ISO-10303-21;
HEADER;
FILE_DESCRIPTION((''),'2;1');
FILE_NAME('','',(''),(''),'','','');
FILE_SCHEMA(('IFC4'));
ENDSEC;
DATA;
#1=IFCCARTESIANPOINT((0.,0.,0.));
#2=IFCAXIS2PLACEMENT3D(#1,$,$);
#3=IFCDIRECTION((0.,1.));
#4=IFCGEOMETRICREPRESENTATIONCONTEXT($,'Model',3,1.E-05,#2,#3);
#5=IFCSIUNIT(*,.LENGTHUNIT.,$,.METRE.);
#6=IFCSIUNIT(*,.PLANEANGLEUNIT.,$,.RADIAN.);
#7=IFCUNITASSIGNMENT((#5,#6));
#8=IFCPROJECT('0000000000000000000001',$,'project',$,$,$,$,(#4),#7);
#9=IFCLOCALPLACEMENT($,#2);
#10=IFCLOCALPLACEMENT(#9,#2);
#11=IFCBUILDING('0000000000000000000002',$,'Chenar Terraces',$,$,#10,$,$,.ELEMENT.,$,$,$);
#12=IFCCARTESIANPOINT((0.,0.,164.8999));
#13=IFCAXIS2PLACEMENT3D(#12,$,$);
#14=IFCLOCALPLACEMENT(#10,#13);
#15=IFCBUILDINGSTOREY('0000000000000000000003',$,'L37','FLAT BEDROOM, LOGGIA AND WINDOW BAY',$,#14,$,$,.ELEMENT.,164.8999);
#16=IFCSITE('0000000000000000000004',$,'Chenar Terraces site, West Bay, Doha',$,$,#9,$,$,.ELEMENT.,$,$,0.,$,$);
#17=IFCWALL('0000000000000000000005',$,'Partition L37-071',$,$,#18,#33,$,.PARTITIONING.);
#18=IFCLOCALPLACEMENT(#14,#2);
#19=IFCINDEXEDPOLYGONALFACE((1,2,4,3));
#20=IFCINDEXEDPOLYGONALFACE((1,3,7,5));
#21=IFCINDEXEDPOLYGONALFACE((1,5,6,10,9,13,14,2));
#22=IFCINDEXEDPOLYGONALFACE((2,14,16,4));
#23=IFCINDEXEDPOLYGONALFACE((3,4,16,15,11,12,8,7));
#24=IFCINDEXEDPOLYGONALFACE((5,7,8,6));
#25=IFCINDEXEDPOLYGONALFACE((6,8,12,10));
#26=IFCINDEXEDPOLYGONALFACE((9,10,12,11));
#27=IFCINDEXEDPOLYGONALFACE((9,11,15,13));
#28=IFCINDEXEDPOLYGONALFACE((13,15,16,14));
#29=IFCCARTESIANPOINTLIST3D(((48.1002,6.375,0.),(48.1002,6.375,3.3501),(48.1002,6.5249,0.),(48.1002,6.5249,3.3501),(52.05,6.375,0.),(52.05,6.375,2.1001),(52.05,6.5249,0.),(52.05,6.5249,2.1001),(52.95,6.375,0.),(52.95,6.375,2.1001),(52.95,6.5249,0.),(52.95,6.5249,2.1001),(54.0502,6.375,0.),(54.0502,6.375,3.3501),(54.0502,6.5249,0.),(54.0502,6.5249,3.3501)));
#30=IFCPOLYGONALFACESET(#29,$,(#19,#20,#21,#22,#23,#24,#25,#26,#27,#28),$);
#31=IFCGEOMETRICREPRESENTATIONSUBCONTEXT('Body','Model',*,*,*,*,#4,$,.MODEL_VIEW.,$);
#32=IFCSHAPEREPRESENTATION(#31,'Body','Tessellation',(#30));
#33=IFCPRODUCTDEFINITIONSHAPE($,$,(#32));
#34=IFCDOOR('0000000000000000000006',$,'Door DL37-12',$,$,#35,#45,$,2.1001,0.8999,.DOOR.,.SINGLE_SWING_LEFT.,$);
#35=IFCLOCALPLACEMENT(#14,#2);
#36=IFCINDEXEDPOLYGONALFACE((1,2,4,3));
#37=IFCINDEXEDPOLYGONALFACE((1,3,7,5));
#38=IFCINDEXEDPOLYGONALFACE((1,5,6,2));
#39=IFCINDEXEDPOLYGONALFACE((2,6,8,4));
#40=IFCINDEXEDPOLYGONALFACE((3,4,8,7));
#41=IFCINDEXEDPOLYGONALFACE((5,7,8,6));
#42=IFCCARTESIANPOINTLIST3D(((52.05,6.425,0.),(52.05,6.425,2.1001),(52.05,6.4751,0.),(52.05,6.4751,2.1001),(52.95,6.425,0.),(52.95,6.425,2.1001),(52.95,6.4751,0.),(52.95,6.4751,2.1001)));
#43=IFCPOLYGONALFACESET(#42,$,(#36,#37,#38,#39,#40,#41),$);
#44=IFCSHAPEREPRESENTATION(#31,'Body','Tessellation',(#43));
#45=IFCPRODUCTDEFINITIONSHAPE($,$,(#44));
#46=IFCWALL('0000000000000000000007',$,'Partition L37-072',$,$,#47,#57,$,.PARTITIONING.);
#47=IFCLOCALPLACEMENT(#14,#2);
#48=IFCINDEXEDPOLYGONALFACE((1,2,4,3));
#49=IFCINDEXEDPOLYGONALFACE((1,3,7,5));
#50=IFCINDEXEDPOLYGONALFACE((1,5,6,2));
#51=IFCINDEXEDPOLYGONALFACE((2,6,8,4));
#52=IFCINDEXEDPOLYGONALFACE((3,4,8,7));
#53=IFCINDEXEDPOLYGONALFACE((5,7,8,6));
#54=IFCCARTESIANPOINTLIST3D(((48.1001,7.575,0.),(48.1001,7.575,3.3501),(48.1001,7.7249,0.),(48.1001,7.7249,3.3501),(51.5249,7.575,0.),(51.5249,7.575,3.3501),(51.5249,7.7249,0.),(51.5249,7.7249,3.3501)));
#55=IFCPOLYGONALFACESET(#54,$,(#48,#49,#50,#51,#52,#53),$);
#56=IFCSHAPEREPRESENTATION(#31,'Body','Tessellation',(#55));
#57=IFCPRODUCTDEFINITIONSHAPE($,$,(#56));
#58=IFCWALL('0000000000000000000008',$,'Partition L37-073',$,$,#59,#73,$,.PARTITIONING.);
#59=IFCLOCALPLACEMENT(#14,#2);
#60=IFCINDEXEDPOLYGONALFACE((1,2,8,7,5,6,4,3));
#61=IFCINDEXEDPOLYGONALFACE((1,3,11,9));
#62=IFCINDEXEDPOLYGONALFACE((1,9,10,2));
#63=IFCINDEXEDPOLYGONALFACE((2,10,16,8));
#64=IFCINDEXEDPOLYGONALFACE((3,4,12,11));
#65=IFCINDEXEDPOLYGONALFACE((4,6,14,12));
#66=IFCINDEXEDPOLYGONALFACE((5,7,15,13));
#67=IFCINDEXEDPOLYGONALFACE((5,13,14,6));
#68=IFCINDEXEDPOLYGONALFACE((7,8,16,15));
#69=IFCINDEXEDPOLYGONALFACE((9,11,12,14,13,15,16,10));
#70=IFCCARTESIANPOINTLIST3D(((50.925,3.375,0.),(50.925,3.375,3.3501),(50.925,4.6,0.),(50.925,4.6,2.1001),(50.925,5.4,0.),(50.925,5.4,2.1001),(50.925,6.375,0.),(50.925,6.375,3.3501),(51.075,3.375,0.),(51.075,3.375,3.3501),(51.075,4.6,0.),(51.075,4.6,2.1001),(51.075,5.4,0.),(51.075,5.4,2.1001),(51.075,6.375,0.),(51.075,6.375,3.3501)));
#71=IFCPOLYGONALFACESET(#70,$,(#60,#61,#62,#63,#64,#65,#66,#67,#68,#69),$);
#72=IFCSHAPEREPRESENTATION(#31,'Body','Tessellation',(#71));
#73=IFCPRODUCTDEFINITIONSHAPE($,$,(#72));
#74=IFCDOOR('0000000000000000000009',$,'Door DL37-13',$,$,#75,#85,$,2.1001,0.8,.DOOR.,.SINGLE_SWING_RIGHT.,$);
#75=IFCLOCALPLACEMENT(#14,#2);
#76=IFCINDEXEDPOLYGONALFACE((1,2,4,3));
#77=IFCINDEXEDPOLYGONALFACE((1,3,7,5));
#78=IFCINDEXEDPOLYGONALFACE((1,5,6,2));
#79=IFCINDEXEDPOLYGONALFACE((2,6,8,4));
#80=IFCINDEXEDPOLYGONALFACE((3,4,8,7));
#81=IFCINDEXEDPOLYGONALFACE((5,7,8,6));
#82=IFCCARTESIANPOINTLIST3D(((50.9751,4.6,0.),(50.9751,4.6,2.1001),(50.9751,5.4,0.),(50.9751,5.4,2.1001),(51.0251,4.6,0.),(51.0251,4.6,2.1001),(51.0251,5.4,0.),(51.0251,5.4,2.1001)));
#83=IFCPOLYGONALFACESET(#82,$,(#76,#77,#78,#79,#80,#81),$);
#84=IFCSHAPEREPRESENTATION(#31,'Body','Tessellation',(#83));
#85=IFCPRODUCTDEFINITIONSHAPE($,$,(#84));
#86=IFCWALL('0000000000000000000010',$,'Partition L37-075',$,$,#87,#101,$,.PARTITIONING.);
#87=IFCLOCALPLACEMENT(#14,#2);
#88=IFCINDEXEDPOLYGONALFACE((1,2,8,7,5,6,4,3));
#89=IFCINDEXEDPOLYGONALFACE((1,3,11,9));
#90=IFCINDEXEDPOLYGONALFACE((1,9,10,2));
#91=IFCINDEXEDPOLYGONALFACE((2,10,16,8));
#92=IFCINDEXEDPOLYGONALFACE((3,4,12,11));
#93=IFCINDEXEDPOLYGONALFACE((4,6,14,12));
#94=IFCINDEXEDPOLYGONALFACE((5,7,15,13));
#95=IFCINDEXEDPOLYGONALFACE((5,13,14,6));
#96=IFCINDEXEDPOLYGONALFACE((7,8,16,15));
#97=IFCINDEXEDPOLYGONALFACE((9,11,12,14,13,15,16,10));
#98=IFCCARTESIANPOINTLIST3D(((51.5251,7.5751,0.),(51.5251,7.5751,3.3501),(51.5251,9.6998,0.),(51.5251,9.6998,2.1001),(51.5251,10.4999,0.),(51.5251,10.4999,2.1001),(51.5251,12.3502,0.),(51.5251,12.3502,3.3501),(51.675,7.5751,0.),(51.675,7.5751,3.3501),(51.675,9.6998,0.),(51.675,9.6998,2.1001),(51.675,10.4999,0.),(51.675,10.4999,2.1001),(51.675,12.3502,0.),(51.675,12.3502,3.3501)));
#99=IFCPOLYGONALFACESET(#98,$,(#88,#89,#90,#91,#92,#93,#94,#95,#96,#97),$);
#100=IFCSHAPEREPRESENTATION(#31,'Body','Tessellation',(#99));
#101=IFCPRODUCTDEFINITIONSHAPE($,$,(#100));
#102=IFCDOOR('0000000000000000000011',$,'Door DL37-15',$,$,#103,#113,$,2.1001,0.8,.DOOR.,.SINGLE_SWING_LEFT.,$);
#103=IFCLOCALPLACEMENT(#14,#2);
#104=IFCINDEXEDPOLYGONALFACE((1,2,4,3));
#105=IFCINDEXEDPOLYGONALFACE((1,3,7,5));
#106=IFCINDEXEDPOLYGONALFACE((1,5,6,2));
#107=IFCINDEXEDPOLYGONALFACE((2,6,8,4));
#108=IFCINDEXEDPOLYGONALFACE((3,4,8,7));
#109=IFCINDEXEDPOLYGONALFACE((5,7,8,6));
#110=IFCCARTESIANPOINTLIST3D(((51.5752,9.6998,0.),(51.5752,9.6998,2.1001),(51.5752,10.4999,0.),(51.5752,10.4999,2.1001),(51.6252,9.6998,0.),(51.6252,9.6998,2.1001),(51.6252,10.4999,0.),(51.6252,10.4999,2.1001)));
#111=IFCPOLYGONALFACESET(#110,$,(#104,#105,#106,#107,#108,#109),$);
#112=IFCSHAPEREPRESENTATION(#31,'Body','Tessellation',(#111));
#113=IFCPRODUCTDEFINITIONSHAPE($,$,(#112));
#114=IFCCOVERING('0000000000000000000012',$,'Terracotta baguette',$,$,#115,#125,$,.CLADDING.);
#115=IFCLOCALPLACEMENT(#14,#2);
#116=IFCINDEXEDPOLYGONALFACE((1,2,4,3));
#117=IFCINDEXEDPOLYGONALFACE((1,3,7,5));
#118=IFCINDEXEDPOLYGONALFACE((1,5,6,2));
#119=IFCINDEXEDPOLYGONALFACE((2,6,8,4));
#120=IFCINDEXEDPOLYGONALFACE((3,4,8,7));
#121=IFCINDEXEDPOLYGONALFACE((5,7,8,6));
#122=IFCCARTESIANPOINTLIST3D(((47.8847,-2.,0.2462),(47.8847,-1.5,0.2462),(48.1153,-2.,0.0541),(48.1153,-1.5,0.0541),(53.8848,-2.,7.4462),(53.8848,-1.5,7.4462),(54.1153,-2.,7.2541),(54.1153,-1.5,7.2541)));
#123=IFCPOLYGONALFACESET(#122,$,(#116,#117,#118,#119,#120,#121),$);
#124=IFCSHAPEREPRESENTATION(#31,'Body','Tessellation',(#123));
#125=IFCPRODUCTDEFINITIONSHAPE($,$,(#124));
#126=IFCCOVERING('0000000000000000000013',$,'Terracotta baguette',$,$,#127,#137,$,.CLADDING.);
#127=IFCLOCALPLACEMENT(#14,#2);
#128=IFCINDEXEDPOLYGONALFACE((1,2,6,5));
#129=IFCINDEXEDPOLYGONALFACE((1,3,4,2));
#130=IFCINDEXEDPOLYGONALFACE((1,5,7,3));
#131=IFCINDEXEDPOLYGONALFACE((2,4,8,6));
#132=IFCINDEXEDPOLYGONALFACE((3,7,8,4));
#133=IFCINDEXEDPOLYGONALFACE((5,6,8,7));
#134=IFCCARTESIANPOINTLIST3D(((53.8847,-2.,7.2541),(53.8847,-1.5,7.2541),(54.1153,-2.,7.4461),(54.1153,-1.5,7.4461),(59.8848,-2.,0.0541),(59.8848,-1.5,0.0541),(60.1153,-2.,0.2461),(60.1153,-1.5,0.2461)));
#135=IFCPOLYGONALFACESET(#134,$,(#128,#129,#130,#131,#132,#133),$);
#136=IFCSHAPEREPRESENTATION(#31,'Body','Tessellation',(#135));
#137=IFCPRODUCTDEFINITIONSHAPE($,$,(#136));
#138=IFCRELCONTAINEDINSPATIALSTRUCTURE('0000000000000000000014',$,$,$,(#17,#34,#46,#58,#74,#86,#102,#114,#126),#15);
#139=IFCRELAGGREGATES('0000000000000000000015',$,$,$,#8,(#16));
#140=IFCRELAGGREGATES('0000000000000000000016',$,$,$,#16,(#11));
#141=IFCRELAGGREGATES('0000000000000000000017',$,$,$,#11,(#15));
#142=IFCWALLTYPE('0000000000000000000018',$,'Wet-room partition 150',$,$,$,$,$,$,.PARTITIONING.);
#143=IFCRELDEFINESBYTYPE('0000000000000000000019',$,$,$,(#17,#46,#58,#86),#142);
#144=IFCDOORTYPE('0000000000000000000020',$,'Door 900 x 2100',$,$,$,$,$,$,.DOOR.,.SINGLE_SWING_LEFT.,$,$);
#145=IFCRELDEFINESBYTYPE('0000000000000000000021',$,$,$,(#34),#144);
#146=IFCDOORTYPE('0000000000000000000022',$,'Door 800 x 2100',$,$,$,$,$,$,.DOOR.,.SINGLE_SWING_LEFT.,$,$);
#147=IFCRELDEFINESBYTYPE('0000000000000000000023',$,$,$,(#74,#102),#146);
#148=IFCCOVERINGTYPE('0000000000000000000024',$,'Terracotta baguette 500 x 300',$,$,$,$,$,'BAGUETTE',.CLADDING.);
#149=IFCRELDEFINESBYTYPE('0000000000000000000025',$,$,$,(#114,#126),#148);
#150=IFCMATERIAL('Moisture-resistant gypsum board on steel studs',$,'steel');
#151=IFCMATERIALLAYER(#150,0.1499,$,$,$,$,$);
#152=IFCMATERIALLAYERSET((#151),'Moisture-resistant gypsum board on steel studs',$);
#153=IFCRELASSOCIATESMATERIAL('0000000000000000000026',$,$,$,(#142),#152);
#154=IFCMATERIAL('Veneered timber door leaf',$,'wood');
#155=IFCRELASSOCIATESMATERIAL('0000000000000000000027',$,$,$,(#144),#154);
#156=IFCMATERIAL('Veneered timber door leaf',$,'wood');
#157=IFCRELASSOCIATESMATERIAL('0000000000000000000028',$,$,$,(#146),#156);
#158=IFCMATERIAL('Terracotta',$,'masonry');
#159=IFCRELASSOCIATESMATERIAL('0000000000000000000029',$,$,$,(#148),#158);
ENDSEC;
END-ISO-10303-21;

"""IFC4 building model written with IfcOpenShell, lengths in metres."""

from ifc_helpers import new_model, si_unit, direction, frame, frame_2d, origin, origin_2d, place, context, subcontext, project, spatial, rectangle, extrude, material, layer, layer_set, material_profile, profile_set, type_object, element, fill, save


model = new_model("IFC4")

# Units and contexts
model_context = context("Model", 3, precision=1e-05, world=origin(), true_north=direction((0.0, 1.0)))
body_context = subcontext(model_context, "Body", "Model", "MODEL_VIEW")
ifc_project = project(units=[si_unit("LENGTHUNIT", "METRE"), si_unit("PLANEANGLEUNIT", "RADIAN")], contexts=[model_context])

# Site, building, storey
site_placement = place(None, origin())
site = spatial("IfcSite", under=ifc_project, at=site_placement, Name="Chenar Terraces site, West Bay, Doha", CompositionType="ELEMENT", RefElevation=0.0)
building_placement = place(site_placement, origin())
building = spatial("IfcBuilding", under=site, at=building_placement, Name="Chenar Terraces", CompositionType="ELEMENT")
storey_placement = place(building_placement, frame((0.0, 0.0, 164.8999)))
storey = spatial("IfcBuildingStorey", under=building, at=storey_placement, Name="L37", Description="FLAT BEDROOM, LOGGIA AND WINDOW BAY", CompositionType="ELEMENT", Elevation=164.8999)

# Shared definitions
ifc_material_1 = material(Name="Moisture-resistant gypsum board on steel studs", Category="steel")
ifc_layer_1 = layer(ifc_material_1, 0.1499)
ifc_layer_set_1 = layer_set([ifc_layer_1], Name="Moisture-resistant gypsum board on steel studs")
wall_type_1 = type_object("IfcWallType", Name="Wet-room partition 150", PredefinedType="PARTITIONING", material=ifc_layer_set_1)

# Wall, opening, door
wall_1_placement = place(storey_placement, frame((48.1001, 6.45, 0.0), z_axis=(0.0, 0.0, 1.0), x_axis=(1.0, 0.0, 0.0)))
wall_1 = element("IfcWall", 1, at=wall_1_placement, inside=storey, type_object=wall_type_1, Name="Partition L37-071", PredefinedType="PARTITIONING", context=body_context, shape_type="SweptSolid", body=[
    extrude(rectangle(XDim=5.95, YDim=0.1499, at=frame_2d((2.9751, 0.0))), origin(), (0.0, 0.0, 1.0), 3.3501),
])
opening_1_placement = place(wall_1_placement, frame((3.95, 0.0, 0.0)))
opening_1 = element("IfcOpeningElement", 2, at=opening_1_placement, cuts=wall_1, PredefinedType="OPENING", context=body_context, shape_type="SweptSolid", body=[
    extrude(rectangle(XDim=0.8999, YDim=2.1001, at=frame_2d((0.45, 1.05))), frame((0.0, 0.085, 0.0), z_axis=(0.0, -1.0, 0.0), x_axis=(1.0, 0.0, 0.0)), (0.0, 0.0, 1.0), 0.1699),
])
ifc_material_2 = material(Name="Veneered timber door leaf", Category="wood")
door_type_1 = type_object("IfcDoorType", Name="Door 900 x 2100", OperationType="SINGLE_SWING_LEFT", PredefinedType="DOOR", material=ifc_material_2)
door_1_placement = place(opening_1_placement, frame((0.8999, 0.0, 0.0), z_axis=(0.0, 0.0, 1.0), x_axis=(-1.0, 0.0, 0.0)))
door_1 = element("IfcDoor", 3, at=door_1_placement, inside=storey, type_object=door_type_1, Name="Door DL37-12", OperationType="SINGLE_SWING_LEFT", OverallHeight=2.1001, OverallWidth=0.8999, PredefinedType="DOOR", context=body_context, shape_type="SweptSolid", body=[
    extrude(rectangle(XDim=0.8999, YDim=2.1001, at=frame_2d((0.45, 1.05))), frame((0.0, 0.0249, 0.0), z_axis=(0.0, -1.0, 0.0), x_axis=(1.0, 0.0, 0.0)), (0.0, 0.0, 1.0), 0.05),
])
fill(opening_1, door_1)

# Wall
wall_2_placement = place(storey_placement, frame((48.1001, 7.6499, 0.0), z_axis=(0.0, 0.0, 1.0), x_axis=(1.0, 0.0, 0.0)))
element("IfcWall", 4, at=wall_2_placement, inside=storey, type_object=wall_type_1, Name="Partition L37-072", PredefinedType="PARTITIONING", context=body_context, shape_type="SweptSolid", body=[
    extrude(rectangle(XDim=3.4248, YDim=0.1499, at=frame_2d((1.7124, 0.0))), origin(), (0.0, 0.0, 1.0), 3.3501),
])

# Walls, openings, doors
wall_3_placement = place(storey_placement, frame((51.0, 3.375, 0.0), z_axis=(0.0, 0.0, 1.0), x_axis=(0.0, 1.0, 0.0)))
wall_3 = element("IfcWall", 5, at=wall_3_placement, inside=storey, type_object=wall_type_1, Name="Partition L37-073", PredefinedType="PARTITIONING", context=body_context, shape_type="SweptSolid", body=[
    extrude(rectangle(XDim=3.0, YDim=0.1499, at=frame_2d((1.5, 0.0))), origin(), (0.0, 0.0, 1.0), 3.3501),
])
opening_2_placement = place(wall_3_placement, frame((1.2251, 0.0, 0.0)))
opening_2 = element("IfcOpeningElement", 6, at=opening_2_placement, cuts=wall_3, PredefinedType="OPENING", context=body_context, shape_type="SweptSolid", body=[
    extrude(rectangle(XDim=0.8, YDim=2.1001, at=frame_2d((0.3999, 1.05))), frame((0.0, 0.085, 0.0), z_axis=(0.0, -1.0, 0.0), x_axis=(1.0, 0.0, 0.0)), (0.0, 0.0, 1.0), 0.1699),
])
ifc_material_3 = material(Name="Veneered timber door leaf", Category="wood")
door_type_2 = type_object("IfcDoorType", Name="Door 800 x 2100", OperationType="SINGLE_SWING_LEFT", PredefinedType="DOOR", material=ifc_material_3)
door_2_placement = place(opening_2_placement, origin())
door_2 = element("IfcDoor", 7, at=door_2_placement, inside=storey, type_object=door_type_2, Name="Door DL37-13", OperationType="SINGLE_SWING_RIGHT", OverallHeight=2.1001, OverallWidth=0.8, PredefinedType="DOOR", context=body_context, shape_type="SweptSolid", body=[
    extrude(rectangle(XDim=0.8, YDim=2.1001, at=frame_2d((0.3999, 1.05))), frame((0.0, 0.0249, 0.0), z_axis=(0.0, -1.0, 0.0), x_axis=(1.0, 0.0, 0.0)), (0.0, 0.0, 1.0), 0.05),
])
fill(opening_2, door_2)
wall_4_placement = place(storey_placement, frame((51.6001, 7.575, 0.0), z_axis=(0.0, 0.0, 1.0), x_axis=(0.0, 1.0, 0.0)))
wall_4 = element("IfcWall", 8, at=wall_4_placement, inside=storey, type_object=wall_type_1, Name="Partition L37-075", PredefinedType="PARTITIONING", context=body_context, shape_type="SweptSolid", body=[
    extrude(rectangle(XDim=4.7751, YDim=0.1499, at=frame_2d((2.3877, 0.0))), origin(), (0.0, 0.0, 1.0), 3.3501),
])
opening_3_placement = place(wall_4_placement, frame((2.125, 0.0, 0.0)))
opening_3 = element("IfcOpeningElement", 9, at=opening_3_placement, cuts=wall_4, PredefinedType="OPENING", context=body_context, shape_type="SweptSolid", body=[
    extrude(rectangle(XDim=0.8, YDim=2.1001, at=frame_2d((0.3999, 1.05))), frame((0.0, 0.085, 0.0), z_axis=(0.0, -1.0, 0.0), x_axis=(1.0, 0.0, 0.0)), (0.0, 0.0, 1.0), 0.1699),
])
door_3_placement = place(opening_3_placement, origin())
door_3 = element("IfcDoor", 10, at=door_3_placement, inside=storey, type_object=door_type_2, Name="Door DL37-15", OperationType="SINGLE_SWING_LEFT", OverallHeight=2.1001, OverallWidth=0.8, PredefinedType="DOOR", context=body_context, shape_type="SweptSolid", body=[
    extrude(rectangle(XDim=0.8, YDim=2.1001, at=frame_2d((0.3999, 1.05))), frame((0.0, 0.0249, 0.0), z_axis=(0.0, -1.0, 0.0), x_axis=(1.0, 0.0, 0.0)), (0.0, 0.0, 1.0), 0.05),
])
fill(opening_3, door_3)

# Coverings
ifc_material_4 = material(Name="Terracotta", Category="masonry")
ifc_material_profile_1 = material_profile(ifc_material_4, rectangle(XDim=0.5, YDim=0.3, at=origin_2d()), Name="Terracotta baguette 500 x 300")
ifc_profile_set_1 = profile_set([ifc_material_profile_1], Name="Terracotta")
covering_type = type_object("IfcCoveringType", Name="Terracotta baguette 500 x 300", ElementType="BAGUETTE", PredefinedType="CLADDING", material=ifc_profile_set_1)
for number, where, z_axis, x_axis, name in (
    (11, (48.0, -1.75, 0.1501), (0.640187, 0.0, 0.768219), (0.0, 1.0, 0.0), "Terracotta baguette"),
    (12, (54.0, -1.75, 7.3501), (0.640187, 0.0, -0.768219), (0.0, 1.0, 0.0), "Terracotta baguette"),
):
    element("IfcCovering", number, at=place(storey_placement, frame(where, z_axis=z_axis, x_axis=x_axis)), inside=storey, type_object=covering_type, Name=name, PredefinedType="CLADDING", context=body_context, shape_type="SweptSolid", body=[
        extrude(rectangle(XDim=0.5, YDim=0.3, at=origin_2d()), origin(), (0.0, 0.0, 1.0), 9.3723),
    ])

save(model, "model.ifc")
